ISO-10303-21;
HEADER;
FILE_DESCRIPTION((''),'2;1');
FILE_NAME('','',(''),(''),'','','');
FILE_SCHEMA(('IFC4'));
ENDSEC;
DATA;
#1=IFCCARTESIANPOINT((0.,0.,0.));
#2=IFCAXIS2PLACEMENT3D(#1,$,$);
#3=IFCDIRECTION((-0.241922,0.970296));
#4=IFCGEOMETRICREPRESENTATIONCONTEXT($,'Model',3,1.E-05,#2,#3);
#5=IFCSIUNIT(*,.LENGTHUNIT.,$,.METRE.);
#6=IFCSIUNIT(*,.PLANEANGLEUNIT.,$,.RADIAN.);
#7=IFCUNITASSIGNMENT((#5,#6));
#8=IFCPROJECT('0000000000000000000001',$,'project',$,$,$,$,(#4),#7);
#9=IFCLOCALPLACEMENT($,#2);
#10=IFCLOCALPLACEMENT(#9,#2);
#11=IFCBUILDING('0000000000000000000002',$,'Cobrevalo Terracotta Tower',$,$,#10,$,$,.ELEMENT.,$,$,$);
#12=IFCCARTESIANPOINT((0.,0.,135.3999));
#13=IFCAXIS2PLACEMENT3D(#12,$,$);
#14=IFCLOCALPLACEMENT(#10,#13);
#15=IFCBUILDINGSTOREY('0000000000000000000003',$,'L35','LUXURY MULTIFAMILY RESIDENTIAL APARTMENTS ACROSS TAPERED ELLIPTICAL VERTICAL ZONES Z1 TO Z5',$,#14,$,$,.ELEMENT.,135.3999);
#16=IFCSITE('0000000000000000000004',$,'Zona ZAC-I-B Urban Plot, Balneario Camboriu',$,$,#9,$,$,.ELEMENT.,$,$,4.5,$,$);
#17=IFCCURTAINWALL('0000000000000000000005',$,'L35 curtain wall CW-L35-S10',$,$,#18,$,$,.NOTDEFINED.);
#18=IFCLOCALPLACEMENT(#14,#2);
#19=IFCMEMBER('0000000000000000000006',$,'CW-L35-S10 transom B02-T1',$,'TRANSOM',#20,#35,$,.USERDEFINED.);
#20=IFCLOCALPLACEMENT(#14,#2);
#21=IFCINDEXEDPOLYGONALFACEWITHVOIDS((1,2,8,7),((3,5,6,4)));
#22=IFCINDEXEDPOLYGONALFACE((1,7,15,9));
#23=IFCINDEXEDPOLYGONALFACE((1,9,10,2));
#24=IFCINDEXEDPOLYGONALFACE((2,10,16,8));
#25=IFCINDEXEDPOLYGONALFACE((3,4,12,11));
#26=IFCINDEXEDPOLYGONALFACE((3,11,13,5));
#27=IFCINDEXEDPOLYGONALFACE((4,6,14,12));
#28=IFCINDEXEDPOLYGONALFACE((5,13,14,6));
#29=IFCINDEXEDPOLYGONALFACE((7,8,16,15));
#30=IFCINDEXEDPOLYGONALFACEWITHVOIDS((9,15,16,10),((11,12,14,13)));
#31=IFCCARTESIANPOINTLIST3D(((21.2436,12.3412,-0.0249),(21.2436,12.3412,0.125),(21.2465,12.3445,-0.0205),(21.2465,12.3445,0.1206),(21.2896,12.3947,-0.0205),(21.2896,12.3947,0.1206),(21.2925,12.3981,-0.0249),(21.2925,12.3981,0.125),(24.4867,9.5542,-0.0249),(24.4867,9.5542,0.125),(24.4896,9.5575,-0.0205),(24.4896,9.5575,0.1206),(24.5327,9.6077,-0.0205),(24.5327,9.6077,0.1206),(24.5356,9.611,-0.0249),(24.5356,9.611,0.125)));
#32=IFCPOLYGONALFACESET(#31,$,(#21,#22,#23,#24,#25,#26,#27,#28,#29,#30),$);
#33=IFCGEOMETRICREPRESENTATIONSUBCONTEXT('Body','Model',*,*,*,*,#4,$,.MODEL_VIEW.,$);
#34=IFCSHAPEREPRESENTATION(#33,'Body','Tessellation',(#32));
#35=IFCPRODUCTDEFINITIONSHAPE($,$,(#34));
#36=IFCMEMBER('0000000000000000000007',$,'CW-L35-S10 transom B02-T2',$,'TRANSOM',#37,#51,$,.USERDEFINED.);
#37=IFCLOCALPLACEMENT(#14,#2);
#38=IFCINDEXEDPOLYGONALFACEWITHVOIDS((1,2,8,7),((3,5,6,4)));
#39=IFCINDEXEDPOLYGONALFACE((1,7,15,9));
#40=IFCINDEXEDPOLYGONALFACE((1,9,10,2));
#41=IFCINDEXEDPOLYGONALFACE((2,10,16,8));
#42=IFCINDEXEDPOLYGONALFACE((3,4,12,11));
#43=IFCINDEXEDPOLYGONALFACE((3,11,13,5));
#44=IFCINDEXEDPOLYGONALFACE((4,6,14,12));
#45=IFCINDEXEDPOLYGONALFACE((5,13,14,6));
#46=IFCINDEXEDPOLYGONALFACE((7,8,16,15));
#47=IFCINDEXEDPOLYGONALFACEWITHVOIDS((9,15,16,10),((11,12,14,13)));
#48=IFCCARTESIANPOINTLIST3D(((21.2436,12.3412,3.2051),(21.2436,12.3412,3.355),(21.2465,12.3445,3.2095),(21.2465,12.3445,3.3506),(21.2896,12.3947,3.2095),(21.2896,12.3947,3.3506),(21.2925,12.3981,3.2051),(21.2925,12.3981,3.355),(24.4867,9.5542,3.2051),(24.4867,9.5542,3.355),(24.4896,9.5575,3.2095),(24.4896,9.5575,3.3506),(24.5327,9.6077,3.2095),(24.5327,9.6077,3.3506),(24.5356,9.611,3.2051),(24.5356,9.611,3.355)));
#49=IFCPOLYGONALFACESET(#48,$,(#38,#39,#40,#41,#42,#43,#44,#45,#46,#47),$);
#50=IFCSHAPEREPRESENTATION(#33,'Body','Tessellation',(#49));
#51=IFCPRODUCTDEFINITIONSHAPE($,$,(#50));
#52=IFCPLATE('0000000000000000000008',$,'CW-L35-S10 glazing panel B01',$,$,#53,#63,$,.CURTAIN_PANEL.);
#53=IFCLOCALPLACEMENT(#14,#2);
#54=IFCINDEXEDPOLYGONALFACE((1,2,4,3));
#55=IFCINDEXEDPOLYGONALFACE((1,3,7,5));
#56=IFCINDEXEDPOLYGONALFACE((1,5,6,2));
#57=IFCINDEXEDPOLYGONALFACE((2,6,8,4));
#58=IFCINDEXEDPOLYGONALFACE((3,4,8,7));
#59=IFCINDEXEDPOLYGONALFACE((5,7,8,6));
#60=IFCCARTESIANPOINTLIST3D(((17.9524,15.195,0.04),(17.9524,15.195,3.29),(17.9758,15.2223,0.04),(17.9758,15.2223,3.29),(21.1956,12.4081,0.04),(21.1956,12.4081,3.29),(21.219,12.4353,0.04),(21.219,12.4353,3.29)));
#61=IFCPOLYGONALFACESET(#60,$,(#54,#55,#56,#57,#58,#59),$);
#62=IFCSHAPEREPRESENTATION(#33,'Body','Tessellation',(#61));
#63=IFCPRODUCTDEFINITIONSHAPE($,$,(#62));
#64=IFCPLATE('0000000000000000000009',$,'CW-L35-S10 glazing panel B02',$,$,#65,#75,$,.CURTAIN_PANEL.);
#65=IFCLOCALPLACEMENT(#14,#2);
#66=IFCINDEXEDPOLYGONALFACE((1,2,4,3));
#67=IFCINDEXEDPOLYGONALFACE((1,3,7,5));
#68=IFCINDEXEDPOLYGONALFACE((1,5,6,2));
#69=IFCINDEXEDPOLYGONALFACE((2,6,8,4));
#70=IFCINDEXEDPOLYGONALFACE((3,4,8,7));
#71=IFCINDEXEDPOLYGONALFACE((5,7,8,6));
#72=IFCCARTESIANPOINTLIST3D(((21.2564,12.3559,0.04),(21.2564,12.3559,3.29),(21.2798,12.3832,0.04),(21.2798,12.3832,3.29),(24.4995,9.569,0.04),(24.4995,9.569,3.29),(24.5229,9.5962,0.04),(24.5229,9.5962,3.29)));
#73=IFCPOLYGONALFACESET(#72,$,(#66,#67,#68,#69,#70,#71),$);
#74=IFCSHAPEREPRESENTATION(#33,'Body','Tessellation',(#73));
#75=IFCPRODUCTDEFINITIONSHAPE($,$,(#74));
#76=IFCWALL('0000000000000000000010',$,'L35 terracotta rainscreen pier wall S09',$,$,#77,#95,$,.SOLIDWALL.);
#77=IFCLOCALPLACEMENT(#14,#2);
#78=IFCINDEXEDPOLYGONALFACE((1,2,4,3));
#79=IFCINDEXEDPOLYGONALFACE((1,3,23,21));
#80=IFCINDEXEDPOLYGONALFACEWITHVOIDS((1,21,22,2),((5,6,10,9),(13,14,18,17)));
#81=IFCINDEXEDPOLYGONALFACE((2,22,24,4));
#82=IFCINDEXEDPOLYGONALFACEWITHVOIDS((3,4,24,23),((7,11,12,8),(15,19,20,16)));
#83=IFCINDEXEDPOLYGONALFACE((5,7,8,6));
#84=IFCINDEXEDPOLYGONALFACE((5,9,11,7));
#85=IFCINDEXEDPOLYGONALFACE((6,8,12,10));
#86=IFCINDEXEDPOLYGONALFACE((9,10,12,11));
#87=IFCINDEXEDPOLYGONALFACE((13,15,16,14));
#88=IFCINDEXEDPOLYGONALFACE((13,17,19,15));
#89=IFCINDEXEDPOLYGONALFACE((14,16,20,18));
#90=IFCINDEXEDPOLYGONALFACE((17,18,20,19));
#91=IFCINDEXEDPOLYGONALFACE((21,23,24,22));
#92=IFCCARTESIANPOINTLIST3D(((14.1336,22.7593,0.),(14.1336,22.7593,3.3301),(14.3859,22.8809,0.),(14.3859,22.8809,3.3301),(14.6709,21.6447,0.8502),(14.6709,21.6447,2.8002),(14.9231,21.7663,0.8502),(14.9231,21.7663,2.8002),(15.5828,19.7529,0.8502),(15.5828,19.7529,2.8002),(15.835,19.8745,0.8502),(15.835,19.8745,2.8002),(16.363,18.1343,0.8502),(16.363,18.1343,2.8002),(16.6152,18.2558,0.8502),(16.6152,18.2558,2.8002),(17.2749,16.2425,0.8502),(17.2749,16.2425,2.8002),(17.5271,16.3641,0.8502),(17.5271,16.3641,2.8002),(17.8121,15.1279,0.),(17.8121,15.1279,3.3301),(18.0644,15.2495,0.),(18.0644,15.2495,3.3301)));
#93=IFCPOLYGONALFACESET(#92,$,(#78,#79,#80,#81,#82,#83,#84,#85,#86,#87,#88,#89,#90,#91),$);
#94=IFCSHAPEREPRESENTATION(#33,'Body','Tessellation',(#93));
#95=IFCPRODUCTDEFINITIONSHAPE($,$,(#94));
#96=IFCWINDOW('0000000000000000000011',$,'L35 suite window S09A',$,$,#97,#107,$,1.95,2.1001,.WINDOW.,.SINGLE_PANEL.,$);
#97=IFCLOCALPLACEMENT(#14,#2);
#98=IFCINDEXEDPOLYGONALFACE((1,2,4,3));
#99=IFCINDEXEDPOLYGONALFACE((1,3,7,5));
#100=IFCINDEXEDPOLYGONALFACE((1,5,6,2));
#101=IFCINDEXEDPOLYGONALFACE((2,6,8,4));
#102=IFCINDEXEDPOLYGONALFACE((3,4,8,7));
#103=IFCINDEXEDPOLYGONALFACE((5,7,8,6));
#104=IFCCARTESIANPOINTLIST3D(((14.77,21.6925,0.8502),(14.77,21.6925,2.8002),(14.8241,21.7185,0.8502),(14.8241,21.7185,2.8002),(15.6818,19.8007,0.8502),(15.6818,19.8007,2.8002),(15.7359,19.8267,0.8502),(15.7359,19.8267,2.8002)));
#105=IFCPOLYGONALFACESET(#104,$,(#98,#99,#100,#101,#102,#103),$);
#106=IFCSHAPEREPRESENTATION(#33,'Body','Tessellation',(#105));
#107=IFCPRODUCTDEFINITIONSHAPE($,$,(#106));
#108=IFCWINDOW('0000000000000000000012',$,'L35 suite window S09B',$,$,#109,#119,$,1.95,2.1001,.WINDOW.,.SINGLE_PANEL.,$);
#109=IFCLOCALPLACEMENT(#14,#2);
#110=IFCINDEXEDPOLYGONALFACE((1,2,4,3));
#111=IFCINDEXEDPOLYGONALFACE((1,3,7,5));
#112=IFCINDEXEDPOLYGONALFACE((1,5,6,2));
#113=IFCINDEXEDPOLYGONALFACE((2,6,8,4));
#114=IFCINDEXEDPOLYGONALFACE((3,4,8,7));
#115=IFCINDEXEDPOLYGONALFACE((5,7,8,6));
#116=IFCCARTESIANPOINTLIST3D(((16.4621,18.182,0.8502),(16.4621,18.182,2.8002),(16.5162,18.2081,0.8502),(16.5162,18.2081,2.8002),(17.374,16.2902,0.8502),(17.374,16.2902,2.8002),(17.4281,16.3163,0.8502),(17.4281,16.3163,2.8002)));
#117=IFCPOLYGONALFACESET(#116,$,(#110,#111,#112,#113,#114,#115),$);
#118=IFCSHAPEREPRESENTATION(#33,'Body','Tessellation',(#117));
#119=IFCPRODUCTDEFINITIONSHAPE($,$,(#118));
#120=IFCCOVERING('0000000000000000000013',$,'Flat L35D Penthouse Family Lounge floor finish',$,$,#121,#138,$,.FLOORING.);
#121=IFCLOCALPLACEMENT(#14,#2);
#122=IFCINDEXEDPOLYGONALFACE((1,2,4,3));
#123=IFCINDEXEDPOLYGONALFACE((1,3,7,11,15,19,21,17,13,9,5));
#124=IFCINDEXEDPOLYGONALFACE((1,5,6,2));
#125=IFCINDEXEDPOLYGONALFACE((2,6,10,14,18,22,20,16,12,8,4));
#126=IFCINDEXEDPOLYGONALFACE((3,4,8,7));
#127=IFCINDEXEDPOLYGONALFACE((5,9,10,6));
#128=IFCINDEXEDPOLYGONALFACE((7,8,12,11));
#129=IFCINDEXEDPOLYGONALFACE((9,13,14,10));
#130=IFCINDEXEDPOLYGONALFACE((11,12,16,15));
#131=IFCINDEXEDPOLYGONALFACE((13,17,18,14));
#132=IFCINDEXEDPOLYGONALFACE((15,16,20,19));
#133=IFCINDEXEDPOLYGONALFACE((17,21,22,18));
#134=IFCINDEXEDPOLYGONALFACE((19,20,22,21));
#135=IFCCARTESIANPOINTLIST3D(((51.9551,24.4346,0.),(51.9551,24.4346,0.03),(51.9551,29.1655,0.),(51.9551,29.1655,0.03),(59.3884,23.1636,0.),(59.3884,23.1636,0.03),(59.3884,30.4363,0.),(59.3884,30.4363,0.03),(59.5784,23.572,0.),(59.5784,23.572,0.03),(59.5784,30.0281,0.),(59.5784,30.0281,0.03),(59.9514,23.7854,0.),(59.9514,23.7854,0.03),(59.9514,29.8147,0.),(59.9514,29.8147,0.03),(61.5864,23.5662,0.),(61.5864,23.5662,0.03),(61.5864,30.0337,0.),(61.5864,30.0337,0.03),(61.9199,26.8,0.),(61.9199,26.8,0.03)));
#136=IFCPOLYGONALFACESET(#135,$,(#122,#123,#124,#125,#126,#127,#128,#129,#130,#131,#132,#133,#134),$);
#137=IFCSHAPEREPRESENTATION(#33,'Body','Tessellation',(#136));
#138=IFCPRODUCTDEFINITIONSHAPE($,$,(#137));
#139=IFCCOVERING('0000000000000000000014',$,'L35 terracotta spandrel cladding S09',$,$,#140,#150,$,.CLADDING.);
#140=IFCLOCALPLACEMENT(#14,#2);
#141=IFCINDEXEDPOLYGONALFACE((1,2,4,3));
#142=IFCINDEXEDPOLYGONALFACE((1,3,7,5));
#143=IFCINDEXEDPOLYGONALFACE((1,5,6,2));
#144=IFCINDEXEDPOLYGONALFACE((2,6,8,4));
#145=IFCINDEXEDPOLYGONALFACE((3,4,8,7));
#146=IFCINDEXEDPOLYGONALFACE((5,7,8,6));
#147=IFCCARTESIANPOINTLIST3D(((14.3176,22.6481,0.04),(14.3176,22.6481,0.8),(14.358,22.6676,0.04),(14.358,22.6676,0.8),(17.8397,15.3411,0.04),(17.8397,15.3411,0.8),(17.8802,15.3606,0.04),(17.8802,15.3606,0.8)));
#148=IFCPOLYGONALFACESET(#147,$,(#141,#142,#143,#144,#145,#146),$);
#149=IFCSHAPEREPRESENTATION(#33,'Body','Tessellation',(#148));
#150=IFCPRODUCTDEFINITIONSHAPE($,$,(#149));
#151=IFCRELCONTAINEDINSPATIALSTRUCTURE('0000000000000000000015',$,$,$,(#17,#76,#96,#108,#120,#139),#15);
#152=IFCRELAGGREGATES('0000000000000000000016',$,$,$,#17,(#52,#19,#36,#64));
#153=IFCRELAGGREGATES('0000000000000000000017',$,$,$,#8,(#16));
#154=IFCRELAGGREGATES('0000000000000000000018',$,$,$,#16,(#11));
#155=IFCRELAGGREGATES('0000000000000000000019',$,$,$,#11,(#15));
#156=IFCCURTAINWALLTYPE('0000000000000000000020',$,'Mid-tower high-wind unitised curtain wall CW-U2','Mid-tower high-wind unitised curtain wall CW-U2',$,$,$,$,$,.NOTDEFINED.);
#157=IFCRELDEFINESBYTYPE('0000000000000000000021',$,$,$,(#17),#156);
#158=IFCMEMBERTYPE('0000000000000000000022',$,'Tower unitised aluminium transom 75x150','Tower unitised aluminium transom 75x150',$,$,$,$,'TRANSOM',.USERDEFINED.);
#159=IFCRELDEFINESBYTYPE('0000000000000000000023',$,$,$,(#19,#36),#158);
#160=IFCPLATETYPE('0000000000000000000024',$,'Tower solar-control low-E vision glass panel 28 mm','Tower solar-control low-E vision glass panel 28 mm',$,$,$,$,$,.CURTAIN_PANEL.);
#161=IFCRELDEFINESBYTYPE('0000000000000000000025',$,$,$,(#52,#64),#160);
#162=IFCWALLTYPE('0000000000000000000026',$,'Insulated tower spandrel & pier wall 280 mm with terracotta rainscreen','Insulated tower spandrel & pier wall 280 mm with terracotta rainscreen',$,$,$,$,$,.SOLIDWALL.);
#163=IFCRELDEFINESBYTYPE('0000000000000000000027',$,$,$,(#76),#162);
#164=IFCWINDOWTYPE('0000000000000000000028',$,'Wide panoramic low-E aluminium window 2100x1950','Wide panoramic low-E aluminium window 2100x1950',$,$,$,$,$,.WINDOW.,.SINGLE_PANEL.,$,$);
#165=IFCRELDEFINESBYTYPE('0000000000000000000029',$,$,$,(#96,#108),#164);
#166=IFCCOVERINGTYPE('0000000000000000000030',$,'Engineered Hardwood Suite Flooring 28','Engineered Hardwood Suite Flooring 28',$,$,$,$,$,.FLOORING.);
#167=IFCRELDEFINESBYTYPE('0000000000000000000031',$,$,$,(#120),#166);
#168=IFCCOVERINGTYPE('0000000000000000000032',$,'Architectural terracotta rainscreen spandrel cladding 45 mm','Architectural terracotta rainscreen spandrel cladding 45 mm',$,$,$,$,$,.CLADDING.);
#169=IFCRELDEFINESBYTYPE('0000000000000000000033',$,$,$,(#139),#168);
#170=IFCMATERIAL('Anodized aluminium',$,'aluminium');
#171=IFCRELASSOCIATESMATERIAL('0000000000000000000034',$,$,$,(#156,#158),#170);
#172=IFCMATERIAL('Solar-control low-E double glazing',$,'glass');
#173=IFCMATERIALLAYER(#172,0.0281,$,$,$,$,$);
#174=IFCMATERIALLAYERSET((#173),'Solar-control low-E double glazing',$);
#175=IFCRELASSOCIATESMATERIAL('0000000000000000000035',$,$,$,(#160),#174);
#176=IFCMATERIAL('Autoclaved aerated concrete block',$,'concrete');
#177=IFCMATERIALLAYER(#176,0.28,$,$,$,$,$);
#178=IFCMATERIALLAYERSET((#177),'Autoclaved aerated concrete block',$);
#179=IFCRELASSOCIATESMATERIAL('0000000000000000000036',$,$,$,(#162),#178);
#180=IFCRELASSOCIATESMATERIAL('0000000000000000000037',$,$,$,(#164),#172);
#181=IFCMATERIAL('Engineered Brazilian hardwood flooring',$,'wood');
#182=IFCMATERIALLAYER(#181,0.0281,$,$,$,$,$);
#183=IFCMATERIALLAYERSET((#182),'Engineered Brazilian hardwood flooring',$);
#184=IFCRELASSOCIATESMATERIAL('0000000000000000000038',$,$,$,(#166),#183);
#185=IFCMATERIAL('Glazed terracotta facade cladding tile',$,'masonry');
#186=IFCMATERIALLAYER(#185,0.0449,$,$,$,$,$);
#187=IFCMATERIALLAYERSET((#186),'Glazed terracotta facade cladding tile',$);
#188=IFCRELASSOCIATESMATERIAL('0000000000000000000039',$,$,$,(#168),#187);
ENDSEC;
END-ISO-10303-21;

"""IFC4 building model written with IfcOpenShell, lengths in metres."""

from ifc_helpers import new_model, si_unit, direction, frame, frame_2d, origin, origin_2d, place, context, subcontext, project, spatial, polyline, rectangle, hollow_rectangle, outline, extrude, source, transform, mapped, material, layer, layer_set, material_profile, profile_set, type_object, element, fill, aggregate, save


model = new_model("IFC4")

# Units and contexts
model_context = context("Model", 3, precision=1e-05, world=origin(), true_north=direction((-0.241922, 0.970296)))
body_context = subcontext(model_context, "Body", "Model", "MODEL_VIEW")
ifc_project = project(units=[si_unit("LENGTHUNIT", "METRE"), si_unit("PLANEANGLEUNIT", "RADIAN")], contexts=[model_context])

# Site, building, storey
site_placement = place(None, origin())
site = spatial("IfcSite", under=ifc_project, at=site_placement, Name="Zona ZAC-I-B Urban Plot, Balneario Camboriu", CompositionType="ELEMENT", RefElevation=4.5)
building_placement = place(site_placement, origin())
building = spatial("IfcBuilding", under=site, at=building_placement, Name="Cobrevalo Terracotta Tower", CompositionType="ELEMENT")
storey_placement = place(building_placement, frame((0.0, 0.0, 135.3999)))
storey = spatial("IfcBuildingStorey", under=building, at=storey_placement, Name="L35", Description="LUXURY MULTIFAMILY RESIDENTIAL APARTMENTS ACROSS TAPERED ELLIPTICAL VERTICAL ZONES Z1 TO Z5", CompositionType="ELEMENT", Elevation=135.3999)

# Shared definitions
ifc_material_1 = material(Name="Anodized aluminium", Category="aluminium")
curtain_wall_type = type_object("IfcCurtainWallType", Name="Mid-tower high-wind unitised curtain wall CW-U2", Description="Mid-tower high-wind unitised curtain wall CW-U2", PredefinedType="NOTDEFINED", material=ifc_material_1)

# Curtain wall, members, plates
curtain_wall_1_placement = place(storey_placement, origin())
curtain_wall_1 = element("IfcCurtainWall", 1, at=curtain_wall_1_placement, inside=storey, type_object=curtain_wall_type, Name="L35 curtain wall CW-L35-S10", PredefinedType="NOTDEFINED")
ifc_material_profile_1 = material_profile(ifc_material_1, hollow_rectangle(XDim=0.075, YDim=0.1499, WallThickness=0.0044, at=origin_2d()), Name="CWT 75x150")
ifc_profile_set_1 = profile_set([ifc_material_profile_1], Name="Anodized aluminium")
member_type_1 = type_object("IfcMemberType", Name="Tower unitised aluminium transom 75x150", Description="Tower unitised aluminium transom 75x150", ElementType="TRANSOM", PredefinedType="USERDEFINED", material=ifc_profile_set_1)
shared_shape_1 = source(origin(), body_context, "Body", "SweptSolid", [
    extrude(hollow_rectangle(XDim=0.075, YDim=0.1499, WallThickness=0.0044, at=origin_2d()), origin(), (0.0, 0.0, 1.0), 4.2761),
])
member_1_placement = place(storey_placement, frame((21.2681, 12.3696, 0.05), z_axis=(0.758418, -0.651769, 0.0), x_axis=(0.651769, 0.758418, 0.0)))
member_1 = element("IfcMember", 2, at=member_1_placement, type_object=member_type_1, Name="CW-L35-S10 transom B02-T1", ObjectType="TRANSOM", PredefinedType="USERDEFINED", context=body_context, shape_type="MappedRepresentation", body=[
    mapped(shared_shape_1, transform((0.0, 0.0, 0.0), scale=1.0)),
])
member_2_placement = place(storey_placement, frame((21.2681, 12.3696, 3.28), z_axis=(0.758418, -0.651769, 0.0), x_axis=(0.651769, 0.758418, 0.0)))
member_2 = element("IfcMember", 3, at=member_2_placement, type_object=member_type_1, Name="CW-L35-S10 transom B02-T2", ObjectType="TRANSOM", PredefinedType="USERDEFINED", context=body_context, shape_type="MappedRepresentation", body=[
    mapped(shared_shape_1, transform((0.0, 0.0, 0.0), scale=1.0)),
])
ifc_material_2 = material(Name="Solar-control low-E double glazing", Category="glass")
ifc_layer_1 = layer(ifc_material_2, 0.0281)
ifc_layer_set_1 = layer_set([ifc_layer_1], Name="Solar-control low-E double glazing")
plate_type = type_object("IfcPlateType", Name="Tower solar-control low-E vision glass panel 28 mm", Description="Tower solar-control low-E vision glass panel 28 mm", PredefinedType="CURTAIN_PANEL", material=ifc_layer_set_1)
shared_shape_2 = source(origin(), body_context, "Body", "SweptSolid", [
    extrude(rectangle(XDim=4.2761, YDim=0.0359, at=origin_2d()), origin(), (0.0, 0.0, 1.0), 3.25),
])
plate_1_placement = place(storey_placement, frame((19.5857, 13.8152, 0.04), z_axis=(0.0, 0.0, 1.0), x_axis=(0.758437, -0.651746, 0.0)))
plate_1 = element("IfcPlate", 4, at=plate_1_placement, type_object=plate_type, Name="CW-L35-S10 glazing panel B01", PredefinedType="CURTAIN_PANEL", context=body_context, shape_type="MappedRepresentation", body=[
    mapped(shared_shape_2, transform((0.0, 0.0, 0.0), scale=1.0)),
])
plate_2_placement = place(storey_placement, frame((22.8896, 10.9761, 0.04), z_axis=(0.0, 0.0, 1.0), x_axis=(0.758437, -0.651746, 0.0)))
plate_2 = element("IfcPlate", 5, at=plate_2_placement, type_object=plate_type, Name="CW-L35-S10 glazing panel B02", PredefinedType="CURTAIN_PANEL", context=body_context, shape_type="MappedRepresentation", body=[
    mapped(shared_shape_2, transform((0.0, 0.0, 0.0), scale=1.0)),
])
aggregate(curtain_wall_1, [plate_1, member_1, member_2, plate_2])

# Wall, openings, windows
ifc_material_3 = material(Name="Autoclaved aerated concrete block", Category="concrete")
ifc_layer_2 = layer(ifc_material_3, 0.28)
ifc_layer_set_2 = layer_set([ifc_layer_2], Name="Autoclaved aerated concrete block")
wall_type = type_object("IfcWallType", Name="Insulated tower spandrel & pier wall 280 mm with terracotta rainscreen", Description="Insulated tower spandrel & pier wall 280 mm with terracotta rainscreen", PredefinedType="SOLIDWALL", material=ifc_layer_set_2)
wall_placement = place(storey_placement, frame((14.2598, 22.8201, 0.0), z_axis=(0.0, 0.0, 1.0), x_axis=(0.43421, -0.900812, 0.0)))
wall = element("IfcWall", 6, at=wall_placement, inside=storey, type_object=wall_type, Name="L35 terracotta rainscreen pier wall S09", PredefinedType="SOLIDWALL", context=body_context, shape_type="SweptSolid", body=[
    extrude(rectangle(XDim=8.4717, YDim=0.28, at=frame_2d((4.2358, 0.0))), origin(), (0.0, 0.0, 1.0), 3.3301),
])
opening_1_placement = place(wall_placement, frame((1.2373, 0.0, 0.8501)))
opening_1 = element("IfcOpeningElement", 7, at=opening_1_placement, cuts=wall, PredefinedType="OPENING", context=body_context, shape_type="SweptSolid", body=[
    extrude(rectangle(XDim=2.1001, YDim=1.95, at=frame_2d((1.05, 0.9751))), frame((0.0, 0.1499, 0.0), z_axis=(0.0, -1.0, 0.0), x_axis=(1.0, 0.0, 0.0)), (0.0, 0.0, 1.0), 0.3),
])
opening_2_placement = place(wall_placement, frame((5.1343, 0.0, 0.8501)))
opening_2 = element("IfcOpeningElement", 8, at=opening_2_placement, cuts=wall, PredefinedType="OPENING", context=body_context, shape_type="SweptSolid", body=[
    extrude(rectangle(XDim=2.1001, YDim=1.95, at=frame_2d((1.05, 0.9751))), frame((0.0, 0.1499, 0.0), z_axis=(0.0, -1.0, 0.0), x_axis=(1.0, 0.0, 0.0)), (0.0, 0.0, 1.0), 0.3),
])
window_type = type_object("IfcWindowType", Name="Wide panoramic low-E aluminium window 2100x1950", Description="Wide panoramic low-E aluminium window 2100x1950", PartitioningType="SINGLE_PANEL", PredefinedType="WINDOW", material=ifc_material_2)
shared_shape_3 = source(origin(), body_context, "Body", "SweptSolid", [
    extrude(rectangle(XDim=2.1001, YDim=1.95, at=frame_2d((1.05, 0.9751))), frame((0.0, 0.03, 0.0), z_axis=(0.0, -1.0, 0.0), x_axis=(1.0, 0.0, 0.0)), (0.0, 0.0, 1.0), 0.0601),
])
window_1_placement = place(opening_1_placement, origin())
window_1 = element("IfcWindow", 9, at=window_1_placement, inside=storey, type_object=window_type, Name="L35 suite window S09A", OverallHeight=1.95, OverallWidth=2.1001, PartitioningType="SINGLE_PANEL", PredefinedType="WINDOW", context=body_context, shape_type="MappedRepresentation", body=[
    mapped(shared_shape_3, transform((0.0, 0.0, 0.0), scale=1.0)),
])
fill(opening_1, window_1)
window_2_placement = place(opening_2_placement, origin())
window_2 = element("IfcWindow", 10, at=window_2_placement, inside=storey, type_object=window_type, Name="L35 suite window S09B", OverallHeight=1.95, OverallWidth=2.1001, PartitioningType="SINGLE_PANEL", PredefinedType="WINDOW", context=body_context, shape_type="MappedRepresentation", body=[
    mapped(shared_shape_3, transform((0.0, 0.0, 0.0), scale=1.0)),
])
fill(opening_2, window_2)

# Coverings
ifc_material_4 = material(Name="Engineered Brazilian hardwood flooring", Category="wood")
ifc_layer_3 = layer(ifc_material_4, 0.0281)
ifc_layer_set_3 = layer_set([ifc_layer_3], Name="Engineered Brazilian hardwood flooring")
covering_type_1 = type_object("IfcCoveringType", Name="Engineered Hardwood Suite Flooring 28", Description="Engineered Hardwood Suite Flooring 28", PredefinedType="FLOORING", material=ifc_layer_set_3)
covering_1_placement = place(storey_placement, origin())
element("IfcCovering", 11, at=covering_1_placement, inside=storey, type_object=covering_type_1, Name="Flat L35D Penthouse Family Lounge floor finish", PredefinedType="FLOORING", context=body_context, shape_type="SweptSolid", body=[
    extrude(outline(polyline([(59.3884, 30.4363), (59.5784, 30.0281), (59.9514, 29.8147), (61.5864, 30.0337), (61.9199, 26.8), (61.5864, 23.5662), (59.9514, 23.7854), (59.5784, 23.572), (59.3884, 23.1636), (51.9551, 24.4346), (51.9551, 29.1655), (59.3884, 30.4363)])), origin(), (0.0, 0.0, 1.0), 0.03),
])
ifc_material_5 = material(Name="Glazed terracotta facade cladding tile", Category="masonry")
ifc_layer_4 = layer(ifc_material_5, 0.0449)
ifc_layer_set_4 = layer_set([ifc_layer_4], Name="Glazed terracotta facade cladding tile")
covering_type_2 = type_object("IfcCoveringType", Name="Architectural terracotta rainscreen spandrel cladding 45 mm", Description="Architectural terracotta rainscreen spandrel cladding 45 mm", PredefinedType="CLADDING", material=ifc_layer_set_4)
shared_shape_4 = source(origin(), body_context, "Body", "SweptSolid", [
    extrude(rectangle(XDim=8.1116, YDim=0.0449, at=origin_2d()), origin(), (0.0, 0.0, 1.0), 0.76),
])
covering_2_placement = place(storey_placement, frame((16.0989, 19.0044, 0.04), z_axis=(0.0, 0.0, 1.0), x_axis=(0.434209, -0.900812, 0.0)))
element("IfcCovering", 12, at=covering_2_placement, inside=storey, type_object=covering_type_2, Name="L35 terracotta spandrel cladding S09", PredefinedType="CLADDING", context=body_context, shape_type="MappedRepresentation", body=[
    mapped(shared_shape_4, transform((0.0, 0.0, 0.0), scale=1.0)),
])

save(model, "model.ifc")
